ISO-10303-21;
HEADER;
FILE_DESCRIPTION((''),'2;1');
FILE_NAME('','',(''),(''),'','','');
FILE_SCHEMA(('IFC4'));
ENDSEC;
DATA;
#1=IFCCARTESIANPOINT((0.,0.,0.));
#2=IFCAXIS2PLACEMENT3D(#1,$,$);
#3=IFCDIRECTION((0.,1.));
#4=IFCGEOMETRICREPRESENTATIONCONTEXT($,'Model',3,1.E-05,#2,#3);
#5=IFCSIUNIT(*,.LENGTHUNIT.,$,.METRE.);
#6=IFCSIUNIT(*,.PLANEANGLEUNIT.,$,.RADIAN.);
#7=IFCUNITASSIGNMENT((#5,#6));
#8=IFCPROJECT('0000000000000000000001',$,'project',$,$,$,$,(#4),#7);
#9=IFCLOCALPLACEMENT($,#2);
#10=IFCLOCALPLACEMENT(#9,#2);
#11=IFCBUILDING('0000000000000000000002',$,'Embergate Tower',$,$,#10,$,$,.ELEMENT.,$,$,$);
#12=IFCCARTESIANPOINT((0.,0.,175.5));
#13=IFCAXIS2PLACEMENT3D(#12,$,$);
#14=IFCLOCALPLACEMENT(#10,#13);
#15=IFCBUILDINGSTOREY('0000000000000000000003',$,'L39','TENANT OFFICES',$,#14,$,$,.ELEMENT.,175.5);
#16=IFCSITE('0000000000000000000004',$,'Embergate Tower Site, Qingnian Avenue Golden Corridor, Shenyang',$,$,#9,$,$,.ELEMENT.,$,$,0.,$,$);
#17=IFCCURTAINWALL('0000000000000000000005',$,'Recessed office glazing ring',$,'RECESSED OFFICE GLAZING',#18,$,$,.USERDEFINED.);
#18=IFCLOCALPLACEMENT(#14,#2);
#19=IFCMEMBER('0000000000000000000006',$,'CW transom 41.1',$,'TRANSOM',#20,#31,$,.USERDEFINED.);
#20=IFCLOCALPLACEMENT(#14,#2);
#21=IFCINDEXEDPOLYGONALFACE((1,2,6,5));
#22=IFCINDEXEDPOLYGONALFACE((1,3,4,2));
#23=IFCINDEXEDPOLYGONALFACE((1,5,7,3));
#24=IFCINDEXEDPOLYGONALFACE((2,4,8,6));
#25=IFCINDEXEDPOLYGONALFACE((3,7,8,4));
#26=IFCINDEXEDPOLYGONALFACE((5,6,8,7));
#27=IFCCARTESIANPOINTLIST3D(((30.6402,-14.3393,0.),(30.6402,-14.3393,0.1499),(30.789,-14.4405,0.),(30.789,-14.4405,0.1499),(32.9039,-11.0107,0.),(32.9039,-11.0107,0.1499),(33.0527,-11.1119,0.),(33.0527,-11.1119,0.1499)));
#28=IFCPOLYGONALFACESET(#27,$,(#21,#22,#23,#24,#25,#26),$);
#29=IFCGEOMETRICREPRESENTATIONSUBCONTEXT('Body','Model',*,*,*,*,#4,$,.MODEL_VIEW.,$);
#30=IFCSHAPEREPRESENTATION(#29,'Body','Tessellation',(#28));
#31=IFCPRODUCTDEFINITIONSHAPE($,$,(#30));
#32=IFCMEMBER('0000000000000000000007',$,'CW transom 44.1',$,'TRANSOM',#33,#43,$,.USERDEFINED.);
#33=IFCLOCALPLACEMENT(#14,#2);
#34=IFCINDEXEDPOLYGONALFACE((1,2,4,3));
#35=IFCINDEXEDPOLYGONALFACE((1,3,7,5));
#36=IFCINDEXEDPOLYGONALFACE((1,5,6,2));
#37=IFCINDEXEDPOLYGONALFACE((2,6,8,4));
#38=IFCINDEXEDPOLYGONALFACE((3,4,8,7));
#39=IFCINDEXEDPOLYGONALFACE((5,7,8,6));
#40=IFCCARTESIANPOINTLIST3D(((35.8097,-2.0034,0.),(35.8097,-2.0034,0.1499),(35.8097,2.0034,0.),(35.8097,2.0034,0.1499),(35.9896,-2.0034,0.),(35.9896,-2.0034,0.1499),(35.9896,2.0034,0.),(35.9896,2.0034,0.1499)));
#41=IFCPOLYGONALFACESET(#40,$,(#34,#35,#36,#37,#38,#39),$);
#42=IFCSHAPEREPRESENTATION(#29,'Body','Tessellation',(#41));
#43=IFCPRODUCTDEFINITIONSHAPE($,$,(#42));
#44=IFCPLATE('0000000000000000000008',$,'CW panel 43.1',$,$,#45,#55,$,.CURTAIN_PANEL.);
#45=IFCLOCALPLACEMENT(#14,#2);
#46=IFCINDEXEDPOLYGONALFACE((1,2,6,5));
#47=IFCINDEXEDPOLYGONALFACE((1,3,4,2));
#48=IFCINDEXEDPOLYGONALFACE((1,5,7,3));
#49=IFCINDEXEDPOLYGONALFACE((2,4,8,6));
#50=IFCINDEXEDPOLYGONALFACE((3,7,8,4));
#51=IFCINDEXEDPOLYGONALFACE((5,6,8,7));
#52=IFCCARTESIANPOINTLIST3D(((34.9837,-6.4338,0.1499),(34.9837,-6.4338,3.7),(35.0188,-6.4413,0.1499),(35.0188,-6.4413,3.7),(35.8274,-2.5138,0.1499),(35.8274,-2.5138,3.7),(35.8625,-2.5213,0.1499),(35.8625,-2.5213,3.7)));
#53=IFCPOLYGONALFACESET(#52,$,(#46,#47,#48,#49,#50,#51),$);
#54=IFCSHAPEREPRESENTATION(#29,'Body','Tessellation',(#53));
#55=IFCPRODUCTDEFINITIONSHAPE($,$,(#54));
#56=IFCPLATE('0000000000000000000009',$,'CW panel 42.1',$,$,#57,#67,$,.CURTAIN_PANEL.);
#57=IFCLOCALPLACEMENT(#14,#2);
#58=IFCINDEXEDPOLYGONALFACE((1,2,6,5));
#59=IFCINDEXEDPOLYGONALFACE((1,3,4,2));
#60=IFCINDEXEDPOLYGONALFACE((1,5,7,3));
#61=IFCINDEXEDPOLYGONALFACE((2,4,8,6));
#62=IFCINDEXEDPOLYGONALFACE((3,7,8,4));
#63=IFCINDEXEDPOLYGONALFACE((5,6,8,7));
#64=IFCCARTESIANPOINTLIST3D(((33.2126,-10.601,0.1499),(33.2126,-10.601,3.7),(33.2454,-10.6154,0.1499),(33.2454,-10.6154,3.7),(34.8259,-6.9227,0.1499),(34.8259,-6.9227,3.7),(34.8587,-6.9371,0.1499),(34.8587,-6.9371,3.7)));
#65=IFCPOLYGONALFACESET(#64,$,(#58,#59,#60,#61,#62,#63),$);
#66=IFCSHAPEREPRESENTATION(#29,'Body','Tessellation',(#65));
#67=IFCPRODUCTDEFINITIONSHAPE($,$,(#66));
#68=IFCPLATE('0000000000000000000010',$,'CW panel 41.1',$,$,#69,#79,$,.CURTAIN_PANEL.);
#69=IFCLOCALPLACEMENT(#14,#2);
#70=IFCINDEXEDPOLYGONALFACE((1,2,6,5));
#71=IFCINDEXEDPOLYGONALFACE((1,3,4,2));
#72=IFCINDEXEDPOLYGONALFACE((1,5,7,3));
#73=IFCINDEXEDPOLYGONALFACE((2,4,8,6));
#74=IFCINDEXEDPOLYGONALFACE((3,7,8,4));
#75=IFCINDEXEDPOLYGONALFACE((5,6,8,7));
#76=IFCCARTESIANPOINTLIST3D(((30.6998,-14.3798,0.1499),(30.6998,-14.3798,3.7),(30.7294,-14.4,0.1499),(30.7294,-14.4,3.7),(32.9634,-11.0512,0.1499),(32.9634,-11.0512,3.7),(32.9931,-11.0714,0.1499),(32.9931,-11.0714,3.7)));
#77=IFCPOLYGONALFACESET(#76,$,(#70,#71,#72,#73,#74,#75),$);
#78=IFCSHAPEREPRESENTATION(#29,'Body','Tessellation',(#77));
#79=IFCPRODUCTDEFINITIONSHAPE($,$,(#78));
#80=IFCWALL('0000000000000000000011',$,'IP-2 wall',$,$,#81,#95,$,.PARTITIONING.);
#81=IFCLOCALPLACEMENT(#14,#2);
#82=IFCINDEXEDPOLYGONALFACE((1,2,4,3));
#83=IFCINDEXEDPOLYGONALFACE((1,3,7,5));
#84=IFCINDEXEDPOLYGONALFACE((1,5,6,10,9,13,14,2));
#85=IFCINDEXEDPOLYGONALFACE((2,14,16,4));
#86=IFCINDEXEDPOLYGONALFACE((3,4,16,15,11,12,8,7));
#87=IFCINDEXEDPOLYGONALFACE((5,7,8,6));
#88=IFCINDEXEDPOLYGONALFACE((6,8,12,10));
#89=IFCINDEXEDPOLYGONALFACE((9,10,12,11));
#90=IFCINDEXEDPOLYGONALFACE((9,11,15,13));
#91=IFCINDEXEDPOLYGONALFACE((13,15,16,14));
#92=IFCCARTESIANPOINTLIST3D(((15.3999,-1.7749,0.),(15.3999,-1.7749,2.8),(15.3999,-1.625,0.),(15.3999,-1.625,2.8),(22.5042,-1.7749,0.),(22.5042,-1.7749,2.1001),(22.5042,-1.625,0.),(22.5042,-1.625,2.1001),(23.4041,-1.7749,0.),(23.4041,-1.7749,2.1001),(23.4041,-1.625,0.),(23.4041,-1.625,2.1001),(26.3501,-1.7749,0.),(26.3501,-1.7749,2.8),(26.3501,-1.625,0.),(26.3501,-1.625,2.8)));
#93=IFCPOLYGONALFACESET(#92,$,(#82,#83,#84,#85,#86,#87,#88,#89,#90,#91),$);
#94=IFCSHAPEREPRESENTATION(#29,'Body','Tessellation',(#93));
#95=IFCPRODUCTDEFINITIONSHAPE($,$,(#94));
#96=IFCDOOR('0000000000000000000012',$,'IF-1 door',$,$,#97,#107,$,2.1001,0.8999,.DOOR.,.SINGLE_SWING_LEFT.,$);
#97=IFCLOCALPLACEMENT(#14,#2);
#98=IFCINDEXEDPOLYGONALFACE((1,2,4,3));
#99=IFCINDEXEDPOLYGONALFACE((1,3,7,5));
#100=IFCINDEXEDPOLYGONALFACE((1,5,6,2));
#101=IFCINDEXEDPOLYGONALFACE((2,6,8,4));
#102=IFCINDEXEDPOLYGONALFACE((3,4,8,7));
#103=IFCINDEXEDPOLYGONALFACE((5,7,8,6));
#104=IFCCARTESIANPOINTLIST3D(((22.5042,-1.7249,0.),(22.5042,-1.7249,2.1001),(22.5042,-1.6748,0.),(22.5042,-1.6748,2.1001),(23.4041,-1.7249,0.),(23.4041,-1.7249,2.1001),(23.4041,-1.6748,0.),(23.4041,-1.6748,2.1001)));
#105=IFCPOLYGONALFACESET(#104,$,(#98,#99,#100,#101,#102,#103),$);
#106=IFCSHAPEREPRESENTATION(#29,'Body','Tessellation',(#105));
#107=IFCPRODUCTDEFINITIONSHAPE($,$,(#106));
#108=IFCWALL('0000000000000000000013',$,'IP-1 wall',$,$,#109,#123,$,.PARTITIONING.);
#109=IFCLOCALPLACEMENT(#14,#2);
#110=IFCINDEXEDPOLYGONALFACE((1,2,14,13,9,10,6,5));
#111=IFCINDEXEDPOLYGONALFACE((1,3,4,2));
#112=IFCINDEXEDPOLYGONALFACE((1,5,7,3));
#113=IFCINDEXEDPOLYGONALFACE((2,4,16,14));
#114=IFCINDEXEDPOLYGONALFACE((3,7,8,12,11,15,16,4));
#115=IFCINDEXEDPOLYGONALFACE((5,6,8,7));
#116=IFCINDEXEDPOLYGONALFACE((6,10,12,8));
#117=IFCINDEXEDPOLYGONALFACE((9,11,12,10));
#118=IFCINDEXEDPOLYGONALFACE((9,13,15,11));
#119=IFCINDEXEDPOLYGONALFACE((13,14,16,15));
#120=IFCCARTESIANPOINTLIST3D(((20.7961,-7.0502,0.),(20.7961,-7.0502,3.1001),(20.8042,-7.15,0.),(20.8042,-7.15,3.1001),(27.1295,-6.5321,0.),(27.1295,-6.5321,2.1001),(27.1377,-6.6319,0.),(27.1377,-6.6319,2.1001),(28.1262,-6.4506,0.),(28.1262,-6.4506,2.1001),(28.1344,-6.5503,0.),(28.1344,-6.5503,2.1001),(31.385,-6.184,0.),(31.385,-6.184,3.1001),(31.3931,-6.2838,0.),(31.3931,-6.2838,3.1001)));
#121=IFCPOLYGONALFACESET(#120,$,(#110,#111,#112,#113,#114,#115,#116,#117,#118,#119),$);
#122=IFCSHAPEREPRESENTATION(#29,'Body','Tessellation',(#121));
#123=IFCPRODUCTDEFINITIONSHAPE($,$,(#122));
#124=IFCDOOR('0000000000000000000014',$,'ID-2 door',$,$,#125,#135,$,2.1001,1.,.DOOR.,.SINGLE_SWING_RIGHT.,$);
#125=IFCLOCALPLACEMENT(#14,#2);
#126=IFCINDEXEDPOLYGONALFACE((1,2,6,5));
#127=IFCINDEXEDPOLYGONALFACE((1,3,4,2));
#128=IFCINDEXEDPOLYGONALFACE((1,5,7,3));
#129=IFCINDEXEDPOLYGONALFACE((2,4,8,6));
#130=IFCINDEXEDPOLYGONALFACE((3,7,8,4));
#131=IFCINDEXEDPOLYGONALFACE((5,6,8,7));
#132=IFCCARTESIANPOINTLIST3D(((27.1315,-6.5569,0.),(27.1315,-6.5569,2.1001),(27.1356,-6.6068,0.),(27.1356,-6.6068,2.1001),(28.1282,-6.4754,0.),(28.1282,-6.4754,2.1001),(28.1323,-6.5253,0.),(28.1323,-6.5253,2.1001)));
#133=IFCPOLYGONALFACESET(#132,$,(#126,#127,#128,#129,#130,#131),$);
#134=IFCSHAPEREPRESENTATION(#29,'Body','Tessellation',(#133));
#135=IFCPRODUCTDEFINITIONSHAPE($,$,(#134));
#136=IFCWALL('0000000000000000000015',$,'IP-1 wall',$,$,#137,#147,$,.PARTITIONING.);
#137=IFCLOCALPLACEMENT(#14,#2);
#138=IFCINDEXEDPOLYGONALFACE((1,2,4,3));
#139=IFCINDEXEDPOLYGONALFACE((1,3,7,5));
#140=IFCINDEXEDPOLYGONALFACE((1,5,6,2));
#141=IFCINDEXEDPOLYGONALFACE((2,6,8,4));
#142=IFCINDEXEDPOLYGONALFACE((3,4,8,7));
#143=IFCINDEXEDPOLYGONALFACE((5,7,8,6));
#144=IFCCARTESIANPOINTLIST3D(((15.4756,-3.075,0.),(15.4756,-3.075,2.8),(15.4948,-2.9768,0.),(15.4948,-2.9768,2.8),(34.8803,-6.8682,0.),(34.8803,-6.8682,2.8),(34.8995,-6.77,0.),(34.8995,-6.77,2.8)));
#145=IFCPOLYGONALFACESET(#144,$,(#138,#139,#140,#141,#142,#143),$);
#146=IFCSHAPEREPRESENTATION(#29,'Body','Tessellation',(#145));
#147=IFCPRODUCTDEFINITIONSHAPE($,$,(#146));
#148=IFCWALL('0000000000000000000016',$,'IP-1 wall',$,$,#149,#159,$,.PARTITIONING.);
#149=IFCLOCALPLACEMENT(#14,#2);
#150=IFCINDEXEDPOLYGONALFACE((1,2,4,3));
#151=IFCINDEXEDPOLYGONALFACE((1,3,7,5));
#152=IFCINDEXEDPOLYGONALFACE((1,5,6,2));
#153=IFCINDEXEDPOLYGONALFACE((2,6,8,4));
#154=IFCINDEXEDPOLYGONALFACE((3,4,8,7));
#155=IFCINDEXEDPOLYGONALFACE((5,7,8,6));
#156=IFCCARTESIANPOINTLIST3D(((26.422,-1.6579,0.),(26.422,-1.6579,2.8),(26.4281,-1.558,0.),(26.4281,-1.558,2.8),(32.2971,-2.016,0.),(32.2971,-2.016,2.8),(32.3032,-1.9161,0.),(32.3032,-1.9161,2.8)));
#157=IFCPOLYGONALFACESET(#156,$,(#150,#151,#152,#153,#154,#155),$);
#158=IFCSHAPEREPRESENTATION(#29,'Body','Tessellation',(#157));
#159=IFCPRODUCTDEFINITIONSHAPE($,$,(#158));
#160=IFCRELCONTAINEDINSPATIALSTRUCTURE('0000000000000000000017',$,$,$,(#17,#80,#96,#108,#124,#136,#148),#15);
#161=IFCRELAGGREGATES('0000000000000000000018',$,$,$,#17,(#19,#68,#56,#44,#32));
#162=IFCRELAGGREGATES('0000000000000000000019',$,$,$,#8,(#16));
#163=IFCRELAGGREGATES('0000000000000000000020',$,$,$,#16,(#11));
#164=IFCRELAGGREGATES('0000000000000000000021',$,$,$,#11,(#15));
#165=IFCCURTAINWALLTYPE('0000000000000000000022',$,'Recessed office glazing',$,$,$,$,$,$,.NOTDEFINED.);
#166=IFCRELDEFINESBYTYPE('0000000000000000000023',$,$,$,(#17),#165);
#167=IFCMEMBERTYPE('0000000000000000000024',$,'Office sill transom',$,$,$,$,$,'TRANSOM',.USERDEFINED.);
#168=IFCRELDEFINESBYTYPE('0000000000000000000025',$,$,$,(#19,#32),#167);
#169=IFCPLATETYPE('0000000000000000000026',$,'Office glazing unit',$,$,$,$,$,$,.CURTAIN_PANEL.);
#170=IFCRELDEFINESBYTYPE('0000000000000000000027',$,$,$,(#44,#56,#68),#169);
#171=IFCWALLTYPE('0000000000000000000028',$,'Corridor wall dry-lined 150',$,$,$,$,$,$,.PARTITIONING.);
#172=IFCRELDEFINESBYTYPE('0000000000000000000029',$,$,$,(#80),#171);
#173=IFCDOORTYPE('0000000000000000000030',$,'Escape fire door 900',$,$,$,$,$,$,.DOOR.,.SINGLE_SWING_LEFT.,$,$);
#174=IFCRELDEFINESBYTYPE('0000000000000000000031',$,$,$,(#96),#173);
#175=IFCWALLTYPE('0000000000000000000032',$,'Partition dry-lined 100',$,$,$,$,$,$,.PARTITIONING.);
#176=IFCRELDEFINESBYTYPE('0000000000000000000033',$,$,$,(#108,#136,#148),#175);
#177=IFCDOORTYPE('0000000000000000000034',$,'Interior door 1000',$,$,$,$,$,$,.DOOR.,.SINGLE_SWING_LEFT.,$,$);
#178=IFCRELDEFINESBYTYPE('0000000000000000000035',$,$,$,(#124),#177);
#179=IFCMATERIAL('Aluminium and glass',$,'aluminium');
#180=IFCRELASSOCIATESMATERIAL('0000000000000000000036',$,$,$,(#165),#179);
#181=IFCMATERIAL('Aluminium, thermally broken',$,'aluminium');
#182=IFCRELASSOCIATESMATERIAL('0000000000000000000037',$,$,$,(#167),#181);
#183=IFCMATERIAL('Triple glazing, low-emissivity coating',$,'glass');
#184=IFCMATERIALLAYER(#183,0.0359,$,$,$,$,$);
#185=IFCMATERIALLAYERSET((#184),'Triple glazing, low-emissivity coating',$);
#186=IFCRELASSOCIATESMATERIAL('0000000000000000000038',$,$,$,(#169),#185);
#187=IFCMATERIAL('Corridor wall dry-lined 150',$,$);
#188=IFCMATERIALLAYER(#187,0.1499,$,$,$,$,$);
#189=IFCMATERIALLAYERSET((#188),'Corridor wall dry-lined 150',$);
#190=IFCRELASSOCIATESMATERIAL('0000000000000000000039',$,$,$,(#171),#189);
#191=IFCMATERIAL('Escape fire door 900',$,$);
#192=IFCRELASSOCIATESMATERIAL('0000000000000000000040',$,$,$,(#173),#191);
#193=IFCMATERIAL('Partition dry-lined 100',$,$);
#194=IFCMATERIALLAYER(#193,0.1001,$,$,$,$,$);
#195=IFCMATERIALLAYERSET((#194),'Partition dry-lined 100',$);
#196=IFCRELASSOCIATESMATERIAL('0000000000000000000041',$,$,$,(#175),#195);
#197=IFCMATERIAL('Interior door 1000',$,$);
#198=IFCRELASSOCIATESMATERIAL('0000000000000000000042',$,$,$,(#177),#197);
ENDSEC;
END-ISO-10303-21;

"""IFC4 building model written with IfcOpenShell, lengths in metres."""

from ifc_helpers import new_model, si_unit, direction, frame, frame_2d, origin, origin_2d, place, context, subcontext, project, spatial, rectangle, extrude, source, transform, mapped, material, layer, layer_set, material_profile, profile_set, type_object, element, fill, aggregate, save


model = new_model("IFC4")

# Units and contexts
model_context = context("Model", 3, precision=1e-05, world=origin(), true_north=direction((0.0, 1.0)))
body_context = subcontext(model_context, "Body", "Model", "MODEL_VIEW")
ifc_project = project(units=[si_unit("LENGTHUNIT", "METRE"), si_unit("PLANEANGLEUNIT", "RADIAN")], contexts=[model_context])

# Site, building, storey
site_placement = place(None, origin())
site = spatial("IfcSite", under=ifc_project, at=site_placement, Name="Embergate Tower Site, Qingnian Avenue Golden Corridor, Shenyang", CompositionType="ELEMENT", RefElevation=0.0)
building_placement = place(site_placement, origin())
building = spatial("IfcBuilding", under=site, at=building_placement, Name="Embergate Tower", CompositionType="ELEMENT")
storey_placement = place(building_placement, frame((0.0, 0.0, 175.5)))
storey = spatial("IfcBuildingStorey", under=building, at=storey_placement, Name="L39", Description="TENANT OFFICES", CompositionType="ELEMENT", Elevation=175.5)

# Curtain wall, members, plates
ifc_material_1 = material(Name="Aluminium and glass", Category="aluminium")
curtain_wall_type = type_object("IfcCurtainWallType", Name="Recessed office glazing", PredefinedType="NOTDEFINED", material=ifc_material_1)
curtain_wall_placement = place(storey_placement, origin())
curtain_wall = element("IfcCurtainWall", 1, at=curtain_wall_placement, inside=storey, type_object=curtain_wall_type, Name="Recessed office glazing ring", ObjectType="RECESSED OFFICE GLAZING", PredefinedType="USERDEFINED")
ifc_material_2 = material(Name="Aluminium, thermally broken", Category="aluminium")
ifc_material_profile_1 = material_profile(ifc_material_2, rectangle(XDim=0.1799, YDim=0.1499, at=origin_2d()), Name="AL 150x180")
ifc_profile_set_1 = profile_set([ifc_material_profile_1], Name="Aluminium, thermally broken")
member_type_1 = type_object("IfcMemberType", Name="Office sill transom", ElementType="TRANSOM", PredefinedType="USERDEFINED", material=ifc_profile_set_1)
shared_shape_1 = source(origin(), body_context, "Body", "SweptSolid", [
    extrude(rectangle(XDim=0.1799, YDim=0.1499, at=origin_2d()), origin(), (0.0, 0.0, 1.0), 4.0254),
])
member_1_placement = place(storey_placement, frame((30.7146, -14.3899, 0.075), z_axis=(0.562347, 0.826902, 0.0), x_axis=(-0.826902, 0.562347, 0.0)))
member_1 = element("IfcMember", 2, at=member_1_placement, type_object=member_type_1, Name="CW transom 41.1", ObjectType="TRANSOM", PredefinedType="USERDEFINED", context=body_context, shape_type="MappedRepresentation", body=[
    mapped(shared_shape_1, transform((0.0, 0.0, 0.0))),
])
shared_shape_2 = source(origin(), body_context, "Body", "SweptSolid", [
    extrude(rectangle(XDim=0.1799, YDim=0.1499, at=origin_2d()), origin(), (0.0, 0.0, 1.0), 4.0068),
])
member_2_placement = place(storey_placement, frame((35.8997, -2.0034, 0.075), z_axis=(0.0, 1.0, 0.0), x_axis=(-1.0, 0.0, 0.0)))
member_2 = element("IfcMember", 3, at=member_2_placement, type_object=member_type_1, Name="CW transom 44.1", ObjectType="TRANSOM", PredefinedType="USERDEFINED", context=body_context, shape_type="MappedRepresentation", body=[
    mapped(shared_shape_2, transform((0.0, 0.0, 0.0))),
])
ifc_material_3 = material(Name="Triple glazing, low-emissivity coating", Category="glass")
ifc_layer_1 = layer(ifc_material_3, 0.0359)
ifc_layer_set_1 = layer_set([ifc_layer_1], Name="Triple glazing, low-emissivity coating")
plate_type = type_object("IfcPlateType", Name="Office glazing unit", PredefinedType="CURTAIN_PANEL", material=ifc_layer_set_1)
shared_shape_3 = source(origin(), body_context, "Body", "SweptSolid", [
    extrude(rectangle(XDim=4.0098, YDim=0.0359, at=origin_2d()), origin(), (0.0, 0.0, 1.0), 3.55),
])
plate_1_placement = place(storey_placement, frame((35.4231, -4.4775, 0.1499), z_axis=(0.0, 0.0, 1.0), x_axis=(0.210402, 0.977615, 0.0)))
plate_1 = element("IfcPlate", 4, at=plate_1_placement, type_object=plate_type, Name="CW panel 43.1", PredefinedType="CURTAIN_PANEL", context=body_context, shape_type="MappedRepresentation", body=[
    mapped(shared_shape_3, transform((0.0, 0.0, 0.0))),
])
shared_shape_4 = source(origin(), body_context, "Body", "SweptSolid", [
    extrude(rectangle(XDim=4.0166, YDim=0.0359, at=origin_2d()), origin(), (0.0, 0.0, 1.0), 3.55),
])
plate_2_placement = place(storey_placement, frame((34.0356, -8.769, 0.1499), z_axis=(0.0, 0.0, 1.0), x_axis=(0.401658, 0.91579, 0.0)))
plate_2 = element("IfcPlate", 5, at=plate_2_placement, type_object=plate_type, Name="CW panel 42.1", PredefinedType="CURTAIN_PANEL", context=body_context, shape_type="MappedRepresentation", body=[
    mapped(shared_shape_4, transform((0.0, 0.0, 0.0))),
])
shared_shape_5 = source(origin(), body_context, "Body", "SweptSolid", [
    extrude(rectangle(XDim=4.0254, YDim=0.0359, at=origin_2d()), origin(), (0.0, 0.0, 1.0), 3.55),
])
plate_3_placement = place(storey_placement, frame((31.8464, -12.7256, 0.1499), z_axis=(0.0, 0.0, 1.0), x_axis=(0.562348, 0.826901, 0.0)))
plate_3 = element("IfcPlate", 6, at=plate_3_placement, type_object=plate_type, Name="CW panel 41.1", PredefinedType="CURTAIN_PANEL", context=body_context, shape_type="MappedRepresentation", body=[
    mapped(shared_shape_5, transform((0.0, 0.0, 0.0))),
])
aggregate(curtain_wall, [member_1, plate_3, plate_2, plate_1, member_2])

# Walls, openings, doors
ifc_material_4 = material(Name="Corridor wall dry-lined 150")
ifc_layer_2 = layer(ifc_material_4, 0.1499)
ifc_layer_set_2 = layer_set([ifc_layer_2], Name="Corridor wall dry-lined 150")
wall_type_1 = type_object("IfcWallType", Name="Corridor wall dry-lined 150", PredefinedType="PARTITIONING", material=ifc_layer_set_2)
shared_shape_6 = source(origin(), body_context, "Body", "SweptSolid", [
    extrude(rectangle(XDim=10.9502, YDim=0.1499, at=frame_2d((5.4751, 0.0))), origin(), (0.0, 0.0, 1.0), 2.8),
])
wall_1_placement = place(storey_placement, frame((26.3501, -1.7, 0.0), z_axis=(0.0, 0.0, 1.0), x_axis=(-1.0, 0.0, 0.0)))
wall_1 = element("IfcWall", 7, at=wall_1_placement, inside=storey, type_object=wall_type_1, Name="IP-2 wall", PredefinedType="PARTITIONING", context=body_context, shape_type="MappedRepresentation", body=[
    mapped(shared_shape_6, transform((0.0, 0.0, 0.0))),
])
shared_shape_7 = source(origin(), body_context, "Body", "SweptSolid", [
    extrude(rectangle(XDim=0.8999, YDim=2.1001, at=frame_2d((0.45, 1.05))), frame((0.0, 0.085, 0.0), z_axis=(0.0, -1.0, 0.0), x_axis=(1.0, 0.0, 0.0)), (0.0, 0.0, 1.0), 0.1699),
])
opening_1_placement = place(wall_1_placement, frame((2.946, 0.0, 0.0)))
opening_1 = element("IfcOpeningElement", 8, at=opening_1_placement, cuts=wall_1, PredefinedType="OPENING", context=body_context, shape_type="MappedRepresentation", body=[
    mapped(shared_shape_7, transform((0.0, 0.0, 0.0))),
])
ifc_material_5 = material(Name="Escape fire door 900")
door_type_1 = type_object("IfcDoorType", Name="Escape fire door 900", OperationType="SINGLE_SWING_LEFT", PredefinedType="DOOR", material=ifc_material_5)
shared_shape_8 = source(origin(), body_context, "Body", "SweptSolid", [
    extrude(rectangle(XDim=0.8999, YDim=2.1001, at=frame_2d((0.45, 1.05))), frame((0.0, 0.0249, 0.0), z_axis=(0.0, -1.0, 0.0), x_axis=(1.0, 0.0, 0.0)), (0.0, 0.0, 1.0), 0.05),
])
door_1_placement = place(opening_1_placement, origin())
door_1 = element("IfcDoor", 9, at=door_1_placement, inside=storey, type_object=door_type_1, Name="IF-1 door", OperationType="SINGLE_SWING_LEFT", OverallHeight=2.1001, OverallWidth=0.8999, PredefinedType="DOOR", context=body_context, shape_type="MappedRepresentation", body=[
    mapped(shared_shape_8, transform((0.0, 0.0, 0.0))),
])
fill(opening_1, door_1)
ifc_material_6 = material(Name="Partition dry-lined 100")
ifc_layer_3 = layer(ifc_material_6, 0.1001)
ifc_layer_set_3 = layer_set([ifc_layer_3], Name="Partition dry-lined 100")
wall_type_2 = type_object("IfcWallType", Name="Partition dry-lined 100", PredefinedType="PARTITIONING", material=ifc_layer_set_3)
shared_shape_9 = source(origin(), body_context, "Body", "SweptSolid", [
    extrude(rectangle(XDim=10.6243, YDim=0.1001, at=frame_2d((5.312, 0.0))), origin(), (0.0, 0.0, 1.0), 3.1001),
])
wall_2_placement = place(storey_placement, frame((31.3889, -6.2339, 0.0), z_axis=(0.0, 0.0, 1.0), x_axis=(-0.996671, -0.081532, 0.0)))
wall_2 = element("IfcWall", 10, at=wall_2_placement, inside=storey, type_object=wall_type_2, Name="IP-1 wall", PredefinedType="PARTITIONING", context=body_context, shape_type="MappedRepresentation", body=[
    mapped(shared_shape_9, transform((0.0, 0.0, 0.0))),
])
shared_shape_10 = source(origin(), body_context, "Body", "SweptSolid", [
    extrude(rectangle(XDim=1.0, YDim=2.1001, at=frame_2d((0.5, 1.05))), frame((0.0, 0.0601, 0.0), z_axis=(0.0, -1.0, 0.0), x_axis=(1.0, 0.0, 0.0)), (0.0, 0.0, 1.0), 0.1201),
])
opening_2_placement = place(wall_2_placement, frame((3.2695, 0.0, 0.0)))
opening_2 = element("IfcOpeningElement", 11, at=opening_2_placement, cuts=wall_2, PredefinedType="OPENING", context=body_context, shape_type="MappedRepresentation", body=[
    mapped(shared_shape_10, transform((0.0, 0.0, 0.0))),
])
ifc_material_7 = material(Name="Interior door 1000")
door_type_2 = type_object("IfcDoorType", Name="Interior door 1000", OperationType="SINGLE_SWING_LEFT", PredefinedType="DOOR", material=ifc_material_7)
shared_shape_11 = source(origin(), body_context, "Body", "SweptSolid", [
    extrude(rectangle(XDim=1.0, YDim=2.1001, at=frame_2d((0.5, 1.05))), frame((0.0, 0.0249, 0.0), z_axis=(0.0, -1.0, 0.0), x_axis=(1.0, 0.0, 0.0)), (0.0, 0.0, 1.0), 0.05),
])
door_2_placement = place(opening_2_placement, origin())
door_2 = element("IfcDoor", 12, at=door_2_placement, inside=storey, type_object=door_type_2, Name="ID-2 door", OperationType="SINGLE_SWING_RIGHT", OverallHeight=2.1001, OverallWidth=1.0, PredefinedType="DOOR", context=body_context, shape_type="MappedRepresentation", body=[
    mapped(shared_shape_11, transform((0.0, 0.0, 0.0))),
])
fill(opening_2, door_2)

# Walls
shared_shape_12 = source(origin(), body_context, "Body", "SweptSolid", [
    extrude(rectangle(XDim=19.772, YDim=0.1001, at=frame_2d((9.886, 0.0))), origin(), (0.0, 0.0, 1.0), 2.8),
])
wall_3_placement = place(storey_placement, frame((34.8899, -6.8191, 0.0), z_axis=(0.0, 0.0, 1.0), x_axis=(-0.981425, 0.191847, 0.0)))
element("IfcWall", 13, at=wall_3_placement, inside=storey, type_object=wall_type_2, Name="IP-1 wall", PredefinedType="PARTITIONING", context=body_context, shape_type="MappedRepresentation", body=[
    mapped(shared_shape_12, transform((0.0, 0.0, 0.0))),
])
shared_shape_13 = source(origin(), body_context, "Body", "SweptSolid", [
    extrude(rectangle(XDim=5.886, YDim=0.1001, at=frame_2d((2.9429, 0.0))), origin(), (0.0, 0.0, 1.0), 2.8),
])
wall_4_placement = place(storey_placement, frame((32.3, -1.9661, 0.0), z_axis=(0.0, 0.0, 1.0), x_axis=(-0.998147, 0.060849, 0.0)))
element("IfcWall", 14, at=wall_4_placement, inside=storey, type_object=wall_type_2, Name="IP-1 wall", PredefinedType="PARTITIONING", context=body_context, shape_type="MappedRepresentation", body=[
    mapped(shared_shape_13, transform((0.0, 0.0, 0.0))),
])

save(model, "model.ifc")
